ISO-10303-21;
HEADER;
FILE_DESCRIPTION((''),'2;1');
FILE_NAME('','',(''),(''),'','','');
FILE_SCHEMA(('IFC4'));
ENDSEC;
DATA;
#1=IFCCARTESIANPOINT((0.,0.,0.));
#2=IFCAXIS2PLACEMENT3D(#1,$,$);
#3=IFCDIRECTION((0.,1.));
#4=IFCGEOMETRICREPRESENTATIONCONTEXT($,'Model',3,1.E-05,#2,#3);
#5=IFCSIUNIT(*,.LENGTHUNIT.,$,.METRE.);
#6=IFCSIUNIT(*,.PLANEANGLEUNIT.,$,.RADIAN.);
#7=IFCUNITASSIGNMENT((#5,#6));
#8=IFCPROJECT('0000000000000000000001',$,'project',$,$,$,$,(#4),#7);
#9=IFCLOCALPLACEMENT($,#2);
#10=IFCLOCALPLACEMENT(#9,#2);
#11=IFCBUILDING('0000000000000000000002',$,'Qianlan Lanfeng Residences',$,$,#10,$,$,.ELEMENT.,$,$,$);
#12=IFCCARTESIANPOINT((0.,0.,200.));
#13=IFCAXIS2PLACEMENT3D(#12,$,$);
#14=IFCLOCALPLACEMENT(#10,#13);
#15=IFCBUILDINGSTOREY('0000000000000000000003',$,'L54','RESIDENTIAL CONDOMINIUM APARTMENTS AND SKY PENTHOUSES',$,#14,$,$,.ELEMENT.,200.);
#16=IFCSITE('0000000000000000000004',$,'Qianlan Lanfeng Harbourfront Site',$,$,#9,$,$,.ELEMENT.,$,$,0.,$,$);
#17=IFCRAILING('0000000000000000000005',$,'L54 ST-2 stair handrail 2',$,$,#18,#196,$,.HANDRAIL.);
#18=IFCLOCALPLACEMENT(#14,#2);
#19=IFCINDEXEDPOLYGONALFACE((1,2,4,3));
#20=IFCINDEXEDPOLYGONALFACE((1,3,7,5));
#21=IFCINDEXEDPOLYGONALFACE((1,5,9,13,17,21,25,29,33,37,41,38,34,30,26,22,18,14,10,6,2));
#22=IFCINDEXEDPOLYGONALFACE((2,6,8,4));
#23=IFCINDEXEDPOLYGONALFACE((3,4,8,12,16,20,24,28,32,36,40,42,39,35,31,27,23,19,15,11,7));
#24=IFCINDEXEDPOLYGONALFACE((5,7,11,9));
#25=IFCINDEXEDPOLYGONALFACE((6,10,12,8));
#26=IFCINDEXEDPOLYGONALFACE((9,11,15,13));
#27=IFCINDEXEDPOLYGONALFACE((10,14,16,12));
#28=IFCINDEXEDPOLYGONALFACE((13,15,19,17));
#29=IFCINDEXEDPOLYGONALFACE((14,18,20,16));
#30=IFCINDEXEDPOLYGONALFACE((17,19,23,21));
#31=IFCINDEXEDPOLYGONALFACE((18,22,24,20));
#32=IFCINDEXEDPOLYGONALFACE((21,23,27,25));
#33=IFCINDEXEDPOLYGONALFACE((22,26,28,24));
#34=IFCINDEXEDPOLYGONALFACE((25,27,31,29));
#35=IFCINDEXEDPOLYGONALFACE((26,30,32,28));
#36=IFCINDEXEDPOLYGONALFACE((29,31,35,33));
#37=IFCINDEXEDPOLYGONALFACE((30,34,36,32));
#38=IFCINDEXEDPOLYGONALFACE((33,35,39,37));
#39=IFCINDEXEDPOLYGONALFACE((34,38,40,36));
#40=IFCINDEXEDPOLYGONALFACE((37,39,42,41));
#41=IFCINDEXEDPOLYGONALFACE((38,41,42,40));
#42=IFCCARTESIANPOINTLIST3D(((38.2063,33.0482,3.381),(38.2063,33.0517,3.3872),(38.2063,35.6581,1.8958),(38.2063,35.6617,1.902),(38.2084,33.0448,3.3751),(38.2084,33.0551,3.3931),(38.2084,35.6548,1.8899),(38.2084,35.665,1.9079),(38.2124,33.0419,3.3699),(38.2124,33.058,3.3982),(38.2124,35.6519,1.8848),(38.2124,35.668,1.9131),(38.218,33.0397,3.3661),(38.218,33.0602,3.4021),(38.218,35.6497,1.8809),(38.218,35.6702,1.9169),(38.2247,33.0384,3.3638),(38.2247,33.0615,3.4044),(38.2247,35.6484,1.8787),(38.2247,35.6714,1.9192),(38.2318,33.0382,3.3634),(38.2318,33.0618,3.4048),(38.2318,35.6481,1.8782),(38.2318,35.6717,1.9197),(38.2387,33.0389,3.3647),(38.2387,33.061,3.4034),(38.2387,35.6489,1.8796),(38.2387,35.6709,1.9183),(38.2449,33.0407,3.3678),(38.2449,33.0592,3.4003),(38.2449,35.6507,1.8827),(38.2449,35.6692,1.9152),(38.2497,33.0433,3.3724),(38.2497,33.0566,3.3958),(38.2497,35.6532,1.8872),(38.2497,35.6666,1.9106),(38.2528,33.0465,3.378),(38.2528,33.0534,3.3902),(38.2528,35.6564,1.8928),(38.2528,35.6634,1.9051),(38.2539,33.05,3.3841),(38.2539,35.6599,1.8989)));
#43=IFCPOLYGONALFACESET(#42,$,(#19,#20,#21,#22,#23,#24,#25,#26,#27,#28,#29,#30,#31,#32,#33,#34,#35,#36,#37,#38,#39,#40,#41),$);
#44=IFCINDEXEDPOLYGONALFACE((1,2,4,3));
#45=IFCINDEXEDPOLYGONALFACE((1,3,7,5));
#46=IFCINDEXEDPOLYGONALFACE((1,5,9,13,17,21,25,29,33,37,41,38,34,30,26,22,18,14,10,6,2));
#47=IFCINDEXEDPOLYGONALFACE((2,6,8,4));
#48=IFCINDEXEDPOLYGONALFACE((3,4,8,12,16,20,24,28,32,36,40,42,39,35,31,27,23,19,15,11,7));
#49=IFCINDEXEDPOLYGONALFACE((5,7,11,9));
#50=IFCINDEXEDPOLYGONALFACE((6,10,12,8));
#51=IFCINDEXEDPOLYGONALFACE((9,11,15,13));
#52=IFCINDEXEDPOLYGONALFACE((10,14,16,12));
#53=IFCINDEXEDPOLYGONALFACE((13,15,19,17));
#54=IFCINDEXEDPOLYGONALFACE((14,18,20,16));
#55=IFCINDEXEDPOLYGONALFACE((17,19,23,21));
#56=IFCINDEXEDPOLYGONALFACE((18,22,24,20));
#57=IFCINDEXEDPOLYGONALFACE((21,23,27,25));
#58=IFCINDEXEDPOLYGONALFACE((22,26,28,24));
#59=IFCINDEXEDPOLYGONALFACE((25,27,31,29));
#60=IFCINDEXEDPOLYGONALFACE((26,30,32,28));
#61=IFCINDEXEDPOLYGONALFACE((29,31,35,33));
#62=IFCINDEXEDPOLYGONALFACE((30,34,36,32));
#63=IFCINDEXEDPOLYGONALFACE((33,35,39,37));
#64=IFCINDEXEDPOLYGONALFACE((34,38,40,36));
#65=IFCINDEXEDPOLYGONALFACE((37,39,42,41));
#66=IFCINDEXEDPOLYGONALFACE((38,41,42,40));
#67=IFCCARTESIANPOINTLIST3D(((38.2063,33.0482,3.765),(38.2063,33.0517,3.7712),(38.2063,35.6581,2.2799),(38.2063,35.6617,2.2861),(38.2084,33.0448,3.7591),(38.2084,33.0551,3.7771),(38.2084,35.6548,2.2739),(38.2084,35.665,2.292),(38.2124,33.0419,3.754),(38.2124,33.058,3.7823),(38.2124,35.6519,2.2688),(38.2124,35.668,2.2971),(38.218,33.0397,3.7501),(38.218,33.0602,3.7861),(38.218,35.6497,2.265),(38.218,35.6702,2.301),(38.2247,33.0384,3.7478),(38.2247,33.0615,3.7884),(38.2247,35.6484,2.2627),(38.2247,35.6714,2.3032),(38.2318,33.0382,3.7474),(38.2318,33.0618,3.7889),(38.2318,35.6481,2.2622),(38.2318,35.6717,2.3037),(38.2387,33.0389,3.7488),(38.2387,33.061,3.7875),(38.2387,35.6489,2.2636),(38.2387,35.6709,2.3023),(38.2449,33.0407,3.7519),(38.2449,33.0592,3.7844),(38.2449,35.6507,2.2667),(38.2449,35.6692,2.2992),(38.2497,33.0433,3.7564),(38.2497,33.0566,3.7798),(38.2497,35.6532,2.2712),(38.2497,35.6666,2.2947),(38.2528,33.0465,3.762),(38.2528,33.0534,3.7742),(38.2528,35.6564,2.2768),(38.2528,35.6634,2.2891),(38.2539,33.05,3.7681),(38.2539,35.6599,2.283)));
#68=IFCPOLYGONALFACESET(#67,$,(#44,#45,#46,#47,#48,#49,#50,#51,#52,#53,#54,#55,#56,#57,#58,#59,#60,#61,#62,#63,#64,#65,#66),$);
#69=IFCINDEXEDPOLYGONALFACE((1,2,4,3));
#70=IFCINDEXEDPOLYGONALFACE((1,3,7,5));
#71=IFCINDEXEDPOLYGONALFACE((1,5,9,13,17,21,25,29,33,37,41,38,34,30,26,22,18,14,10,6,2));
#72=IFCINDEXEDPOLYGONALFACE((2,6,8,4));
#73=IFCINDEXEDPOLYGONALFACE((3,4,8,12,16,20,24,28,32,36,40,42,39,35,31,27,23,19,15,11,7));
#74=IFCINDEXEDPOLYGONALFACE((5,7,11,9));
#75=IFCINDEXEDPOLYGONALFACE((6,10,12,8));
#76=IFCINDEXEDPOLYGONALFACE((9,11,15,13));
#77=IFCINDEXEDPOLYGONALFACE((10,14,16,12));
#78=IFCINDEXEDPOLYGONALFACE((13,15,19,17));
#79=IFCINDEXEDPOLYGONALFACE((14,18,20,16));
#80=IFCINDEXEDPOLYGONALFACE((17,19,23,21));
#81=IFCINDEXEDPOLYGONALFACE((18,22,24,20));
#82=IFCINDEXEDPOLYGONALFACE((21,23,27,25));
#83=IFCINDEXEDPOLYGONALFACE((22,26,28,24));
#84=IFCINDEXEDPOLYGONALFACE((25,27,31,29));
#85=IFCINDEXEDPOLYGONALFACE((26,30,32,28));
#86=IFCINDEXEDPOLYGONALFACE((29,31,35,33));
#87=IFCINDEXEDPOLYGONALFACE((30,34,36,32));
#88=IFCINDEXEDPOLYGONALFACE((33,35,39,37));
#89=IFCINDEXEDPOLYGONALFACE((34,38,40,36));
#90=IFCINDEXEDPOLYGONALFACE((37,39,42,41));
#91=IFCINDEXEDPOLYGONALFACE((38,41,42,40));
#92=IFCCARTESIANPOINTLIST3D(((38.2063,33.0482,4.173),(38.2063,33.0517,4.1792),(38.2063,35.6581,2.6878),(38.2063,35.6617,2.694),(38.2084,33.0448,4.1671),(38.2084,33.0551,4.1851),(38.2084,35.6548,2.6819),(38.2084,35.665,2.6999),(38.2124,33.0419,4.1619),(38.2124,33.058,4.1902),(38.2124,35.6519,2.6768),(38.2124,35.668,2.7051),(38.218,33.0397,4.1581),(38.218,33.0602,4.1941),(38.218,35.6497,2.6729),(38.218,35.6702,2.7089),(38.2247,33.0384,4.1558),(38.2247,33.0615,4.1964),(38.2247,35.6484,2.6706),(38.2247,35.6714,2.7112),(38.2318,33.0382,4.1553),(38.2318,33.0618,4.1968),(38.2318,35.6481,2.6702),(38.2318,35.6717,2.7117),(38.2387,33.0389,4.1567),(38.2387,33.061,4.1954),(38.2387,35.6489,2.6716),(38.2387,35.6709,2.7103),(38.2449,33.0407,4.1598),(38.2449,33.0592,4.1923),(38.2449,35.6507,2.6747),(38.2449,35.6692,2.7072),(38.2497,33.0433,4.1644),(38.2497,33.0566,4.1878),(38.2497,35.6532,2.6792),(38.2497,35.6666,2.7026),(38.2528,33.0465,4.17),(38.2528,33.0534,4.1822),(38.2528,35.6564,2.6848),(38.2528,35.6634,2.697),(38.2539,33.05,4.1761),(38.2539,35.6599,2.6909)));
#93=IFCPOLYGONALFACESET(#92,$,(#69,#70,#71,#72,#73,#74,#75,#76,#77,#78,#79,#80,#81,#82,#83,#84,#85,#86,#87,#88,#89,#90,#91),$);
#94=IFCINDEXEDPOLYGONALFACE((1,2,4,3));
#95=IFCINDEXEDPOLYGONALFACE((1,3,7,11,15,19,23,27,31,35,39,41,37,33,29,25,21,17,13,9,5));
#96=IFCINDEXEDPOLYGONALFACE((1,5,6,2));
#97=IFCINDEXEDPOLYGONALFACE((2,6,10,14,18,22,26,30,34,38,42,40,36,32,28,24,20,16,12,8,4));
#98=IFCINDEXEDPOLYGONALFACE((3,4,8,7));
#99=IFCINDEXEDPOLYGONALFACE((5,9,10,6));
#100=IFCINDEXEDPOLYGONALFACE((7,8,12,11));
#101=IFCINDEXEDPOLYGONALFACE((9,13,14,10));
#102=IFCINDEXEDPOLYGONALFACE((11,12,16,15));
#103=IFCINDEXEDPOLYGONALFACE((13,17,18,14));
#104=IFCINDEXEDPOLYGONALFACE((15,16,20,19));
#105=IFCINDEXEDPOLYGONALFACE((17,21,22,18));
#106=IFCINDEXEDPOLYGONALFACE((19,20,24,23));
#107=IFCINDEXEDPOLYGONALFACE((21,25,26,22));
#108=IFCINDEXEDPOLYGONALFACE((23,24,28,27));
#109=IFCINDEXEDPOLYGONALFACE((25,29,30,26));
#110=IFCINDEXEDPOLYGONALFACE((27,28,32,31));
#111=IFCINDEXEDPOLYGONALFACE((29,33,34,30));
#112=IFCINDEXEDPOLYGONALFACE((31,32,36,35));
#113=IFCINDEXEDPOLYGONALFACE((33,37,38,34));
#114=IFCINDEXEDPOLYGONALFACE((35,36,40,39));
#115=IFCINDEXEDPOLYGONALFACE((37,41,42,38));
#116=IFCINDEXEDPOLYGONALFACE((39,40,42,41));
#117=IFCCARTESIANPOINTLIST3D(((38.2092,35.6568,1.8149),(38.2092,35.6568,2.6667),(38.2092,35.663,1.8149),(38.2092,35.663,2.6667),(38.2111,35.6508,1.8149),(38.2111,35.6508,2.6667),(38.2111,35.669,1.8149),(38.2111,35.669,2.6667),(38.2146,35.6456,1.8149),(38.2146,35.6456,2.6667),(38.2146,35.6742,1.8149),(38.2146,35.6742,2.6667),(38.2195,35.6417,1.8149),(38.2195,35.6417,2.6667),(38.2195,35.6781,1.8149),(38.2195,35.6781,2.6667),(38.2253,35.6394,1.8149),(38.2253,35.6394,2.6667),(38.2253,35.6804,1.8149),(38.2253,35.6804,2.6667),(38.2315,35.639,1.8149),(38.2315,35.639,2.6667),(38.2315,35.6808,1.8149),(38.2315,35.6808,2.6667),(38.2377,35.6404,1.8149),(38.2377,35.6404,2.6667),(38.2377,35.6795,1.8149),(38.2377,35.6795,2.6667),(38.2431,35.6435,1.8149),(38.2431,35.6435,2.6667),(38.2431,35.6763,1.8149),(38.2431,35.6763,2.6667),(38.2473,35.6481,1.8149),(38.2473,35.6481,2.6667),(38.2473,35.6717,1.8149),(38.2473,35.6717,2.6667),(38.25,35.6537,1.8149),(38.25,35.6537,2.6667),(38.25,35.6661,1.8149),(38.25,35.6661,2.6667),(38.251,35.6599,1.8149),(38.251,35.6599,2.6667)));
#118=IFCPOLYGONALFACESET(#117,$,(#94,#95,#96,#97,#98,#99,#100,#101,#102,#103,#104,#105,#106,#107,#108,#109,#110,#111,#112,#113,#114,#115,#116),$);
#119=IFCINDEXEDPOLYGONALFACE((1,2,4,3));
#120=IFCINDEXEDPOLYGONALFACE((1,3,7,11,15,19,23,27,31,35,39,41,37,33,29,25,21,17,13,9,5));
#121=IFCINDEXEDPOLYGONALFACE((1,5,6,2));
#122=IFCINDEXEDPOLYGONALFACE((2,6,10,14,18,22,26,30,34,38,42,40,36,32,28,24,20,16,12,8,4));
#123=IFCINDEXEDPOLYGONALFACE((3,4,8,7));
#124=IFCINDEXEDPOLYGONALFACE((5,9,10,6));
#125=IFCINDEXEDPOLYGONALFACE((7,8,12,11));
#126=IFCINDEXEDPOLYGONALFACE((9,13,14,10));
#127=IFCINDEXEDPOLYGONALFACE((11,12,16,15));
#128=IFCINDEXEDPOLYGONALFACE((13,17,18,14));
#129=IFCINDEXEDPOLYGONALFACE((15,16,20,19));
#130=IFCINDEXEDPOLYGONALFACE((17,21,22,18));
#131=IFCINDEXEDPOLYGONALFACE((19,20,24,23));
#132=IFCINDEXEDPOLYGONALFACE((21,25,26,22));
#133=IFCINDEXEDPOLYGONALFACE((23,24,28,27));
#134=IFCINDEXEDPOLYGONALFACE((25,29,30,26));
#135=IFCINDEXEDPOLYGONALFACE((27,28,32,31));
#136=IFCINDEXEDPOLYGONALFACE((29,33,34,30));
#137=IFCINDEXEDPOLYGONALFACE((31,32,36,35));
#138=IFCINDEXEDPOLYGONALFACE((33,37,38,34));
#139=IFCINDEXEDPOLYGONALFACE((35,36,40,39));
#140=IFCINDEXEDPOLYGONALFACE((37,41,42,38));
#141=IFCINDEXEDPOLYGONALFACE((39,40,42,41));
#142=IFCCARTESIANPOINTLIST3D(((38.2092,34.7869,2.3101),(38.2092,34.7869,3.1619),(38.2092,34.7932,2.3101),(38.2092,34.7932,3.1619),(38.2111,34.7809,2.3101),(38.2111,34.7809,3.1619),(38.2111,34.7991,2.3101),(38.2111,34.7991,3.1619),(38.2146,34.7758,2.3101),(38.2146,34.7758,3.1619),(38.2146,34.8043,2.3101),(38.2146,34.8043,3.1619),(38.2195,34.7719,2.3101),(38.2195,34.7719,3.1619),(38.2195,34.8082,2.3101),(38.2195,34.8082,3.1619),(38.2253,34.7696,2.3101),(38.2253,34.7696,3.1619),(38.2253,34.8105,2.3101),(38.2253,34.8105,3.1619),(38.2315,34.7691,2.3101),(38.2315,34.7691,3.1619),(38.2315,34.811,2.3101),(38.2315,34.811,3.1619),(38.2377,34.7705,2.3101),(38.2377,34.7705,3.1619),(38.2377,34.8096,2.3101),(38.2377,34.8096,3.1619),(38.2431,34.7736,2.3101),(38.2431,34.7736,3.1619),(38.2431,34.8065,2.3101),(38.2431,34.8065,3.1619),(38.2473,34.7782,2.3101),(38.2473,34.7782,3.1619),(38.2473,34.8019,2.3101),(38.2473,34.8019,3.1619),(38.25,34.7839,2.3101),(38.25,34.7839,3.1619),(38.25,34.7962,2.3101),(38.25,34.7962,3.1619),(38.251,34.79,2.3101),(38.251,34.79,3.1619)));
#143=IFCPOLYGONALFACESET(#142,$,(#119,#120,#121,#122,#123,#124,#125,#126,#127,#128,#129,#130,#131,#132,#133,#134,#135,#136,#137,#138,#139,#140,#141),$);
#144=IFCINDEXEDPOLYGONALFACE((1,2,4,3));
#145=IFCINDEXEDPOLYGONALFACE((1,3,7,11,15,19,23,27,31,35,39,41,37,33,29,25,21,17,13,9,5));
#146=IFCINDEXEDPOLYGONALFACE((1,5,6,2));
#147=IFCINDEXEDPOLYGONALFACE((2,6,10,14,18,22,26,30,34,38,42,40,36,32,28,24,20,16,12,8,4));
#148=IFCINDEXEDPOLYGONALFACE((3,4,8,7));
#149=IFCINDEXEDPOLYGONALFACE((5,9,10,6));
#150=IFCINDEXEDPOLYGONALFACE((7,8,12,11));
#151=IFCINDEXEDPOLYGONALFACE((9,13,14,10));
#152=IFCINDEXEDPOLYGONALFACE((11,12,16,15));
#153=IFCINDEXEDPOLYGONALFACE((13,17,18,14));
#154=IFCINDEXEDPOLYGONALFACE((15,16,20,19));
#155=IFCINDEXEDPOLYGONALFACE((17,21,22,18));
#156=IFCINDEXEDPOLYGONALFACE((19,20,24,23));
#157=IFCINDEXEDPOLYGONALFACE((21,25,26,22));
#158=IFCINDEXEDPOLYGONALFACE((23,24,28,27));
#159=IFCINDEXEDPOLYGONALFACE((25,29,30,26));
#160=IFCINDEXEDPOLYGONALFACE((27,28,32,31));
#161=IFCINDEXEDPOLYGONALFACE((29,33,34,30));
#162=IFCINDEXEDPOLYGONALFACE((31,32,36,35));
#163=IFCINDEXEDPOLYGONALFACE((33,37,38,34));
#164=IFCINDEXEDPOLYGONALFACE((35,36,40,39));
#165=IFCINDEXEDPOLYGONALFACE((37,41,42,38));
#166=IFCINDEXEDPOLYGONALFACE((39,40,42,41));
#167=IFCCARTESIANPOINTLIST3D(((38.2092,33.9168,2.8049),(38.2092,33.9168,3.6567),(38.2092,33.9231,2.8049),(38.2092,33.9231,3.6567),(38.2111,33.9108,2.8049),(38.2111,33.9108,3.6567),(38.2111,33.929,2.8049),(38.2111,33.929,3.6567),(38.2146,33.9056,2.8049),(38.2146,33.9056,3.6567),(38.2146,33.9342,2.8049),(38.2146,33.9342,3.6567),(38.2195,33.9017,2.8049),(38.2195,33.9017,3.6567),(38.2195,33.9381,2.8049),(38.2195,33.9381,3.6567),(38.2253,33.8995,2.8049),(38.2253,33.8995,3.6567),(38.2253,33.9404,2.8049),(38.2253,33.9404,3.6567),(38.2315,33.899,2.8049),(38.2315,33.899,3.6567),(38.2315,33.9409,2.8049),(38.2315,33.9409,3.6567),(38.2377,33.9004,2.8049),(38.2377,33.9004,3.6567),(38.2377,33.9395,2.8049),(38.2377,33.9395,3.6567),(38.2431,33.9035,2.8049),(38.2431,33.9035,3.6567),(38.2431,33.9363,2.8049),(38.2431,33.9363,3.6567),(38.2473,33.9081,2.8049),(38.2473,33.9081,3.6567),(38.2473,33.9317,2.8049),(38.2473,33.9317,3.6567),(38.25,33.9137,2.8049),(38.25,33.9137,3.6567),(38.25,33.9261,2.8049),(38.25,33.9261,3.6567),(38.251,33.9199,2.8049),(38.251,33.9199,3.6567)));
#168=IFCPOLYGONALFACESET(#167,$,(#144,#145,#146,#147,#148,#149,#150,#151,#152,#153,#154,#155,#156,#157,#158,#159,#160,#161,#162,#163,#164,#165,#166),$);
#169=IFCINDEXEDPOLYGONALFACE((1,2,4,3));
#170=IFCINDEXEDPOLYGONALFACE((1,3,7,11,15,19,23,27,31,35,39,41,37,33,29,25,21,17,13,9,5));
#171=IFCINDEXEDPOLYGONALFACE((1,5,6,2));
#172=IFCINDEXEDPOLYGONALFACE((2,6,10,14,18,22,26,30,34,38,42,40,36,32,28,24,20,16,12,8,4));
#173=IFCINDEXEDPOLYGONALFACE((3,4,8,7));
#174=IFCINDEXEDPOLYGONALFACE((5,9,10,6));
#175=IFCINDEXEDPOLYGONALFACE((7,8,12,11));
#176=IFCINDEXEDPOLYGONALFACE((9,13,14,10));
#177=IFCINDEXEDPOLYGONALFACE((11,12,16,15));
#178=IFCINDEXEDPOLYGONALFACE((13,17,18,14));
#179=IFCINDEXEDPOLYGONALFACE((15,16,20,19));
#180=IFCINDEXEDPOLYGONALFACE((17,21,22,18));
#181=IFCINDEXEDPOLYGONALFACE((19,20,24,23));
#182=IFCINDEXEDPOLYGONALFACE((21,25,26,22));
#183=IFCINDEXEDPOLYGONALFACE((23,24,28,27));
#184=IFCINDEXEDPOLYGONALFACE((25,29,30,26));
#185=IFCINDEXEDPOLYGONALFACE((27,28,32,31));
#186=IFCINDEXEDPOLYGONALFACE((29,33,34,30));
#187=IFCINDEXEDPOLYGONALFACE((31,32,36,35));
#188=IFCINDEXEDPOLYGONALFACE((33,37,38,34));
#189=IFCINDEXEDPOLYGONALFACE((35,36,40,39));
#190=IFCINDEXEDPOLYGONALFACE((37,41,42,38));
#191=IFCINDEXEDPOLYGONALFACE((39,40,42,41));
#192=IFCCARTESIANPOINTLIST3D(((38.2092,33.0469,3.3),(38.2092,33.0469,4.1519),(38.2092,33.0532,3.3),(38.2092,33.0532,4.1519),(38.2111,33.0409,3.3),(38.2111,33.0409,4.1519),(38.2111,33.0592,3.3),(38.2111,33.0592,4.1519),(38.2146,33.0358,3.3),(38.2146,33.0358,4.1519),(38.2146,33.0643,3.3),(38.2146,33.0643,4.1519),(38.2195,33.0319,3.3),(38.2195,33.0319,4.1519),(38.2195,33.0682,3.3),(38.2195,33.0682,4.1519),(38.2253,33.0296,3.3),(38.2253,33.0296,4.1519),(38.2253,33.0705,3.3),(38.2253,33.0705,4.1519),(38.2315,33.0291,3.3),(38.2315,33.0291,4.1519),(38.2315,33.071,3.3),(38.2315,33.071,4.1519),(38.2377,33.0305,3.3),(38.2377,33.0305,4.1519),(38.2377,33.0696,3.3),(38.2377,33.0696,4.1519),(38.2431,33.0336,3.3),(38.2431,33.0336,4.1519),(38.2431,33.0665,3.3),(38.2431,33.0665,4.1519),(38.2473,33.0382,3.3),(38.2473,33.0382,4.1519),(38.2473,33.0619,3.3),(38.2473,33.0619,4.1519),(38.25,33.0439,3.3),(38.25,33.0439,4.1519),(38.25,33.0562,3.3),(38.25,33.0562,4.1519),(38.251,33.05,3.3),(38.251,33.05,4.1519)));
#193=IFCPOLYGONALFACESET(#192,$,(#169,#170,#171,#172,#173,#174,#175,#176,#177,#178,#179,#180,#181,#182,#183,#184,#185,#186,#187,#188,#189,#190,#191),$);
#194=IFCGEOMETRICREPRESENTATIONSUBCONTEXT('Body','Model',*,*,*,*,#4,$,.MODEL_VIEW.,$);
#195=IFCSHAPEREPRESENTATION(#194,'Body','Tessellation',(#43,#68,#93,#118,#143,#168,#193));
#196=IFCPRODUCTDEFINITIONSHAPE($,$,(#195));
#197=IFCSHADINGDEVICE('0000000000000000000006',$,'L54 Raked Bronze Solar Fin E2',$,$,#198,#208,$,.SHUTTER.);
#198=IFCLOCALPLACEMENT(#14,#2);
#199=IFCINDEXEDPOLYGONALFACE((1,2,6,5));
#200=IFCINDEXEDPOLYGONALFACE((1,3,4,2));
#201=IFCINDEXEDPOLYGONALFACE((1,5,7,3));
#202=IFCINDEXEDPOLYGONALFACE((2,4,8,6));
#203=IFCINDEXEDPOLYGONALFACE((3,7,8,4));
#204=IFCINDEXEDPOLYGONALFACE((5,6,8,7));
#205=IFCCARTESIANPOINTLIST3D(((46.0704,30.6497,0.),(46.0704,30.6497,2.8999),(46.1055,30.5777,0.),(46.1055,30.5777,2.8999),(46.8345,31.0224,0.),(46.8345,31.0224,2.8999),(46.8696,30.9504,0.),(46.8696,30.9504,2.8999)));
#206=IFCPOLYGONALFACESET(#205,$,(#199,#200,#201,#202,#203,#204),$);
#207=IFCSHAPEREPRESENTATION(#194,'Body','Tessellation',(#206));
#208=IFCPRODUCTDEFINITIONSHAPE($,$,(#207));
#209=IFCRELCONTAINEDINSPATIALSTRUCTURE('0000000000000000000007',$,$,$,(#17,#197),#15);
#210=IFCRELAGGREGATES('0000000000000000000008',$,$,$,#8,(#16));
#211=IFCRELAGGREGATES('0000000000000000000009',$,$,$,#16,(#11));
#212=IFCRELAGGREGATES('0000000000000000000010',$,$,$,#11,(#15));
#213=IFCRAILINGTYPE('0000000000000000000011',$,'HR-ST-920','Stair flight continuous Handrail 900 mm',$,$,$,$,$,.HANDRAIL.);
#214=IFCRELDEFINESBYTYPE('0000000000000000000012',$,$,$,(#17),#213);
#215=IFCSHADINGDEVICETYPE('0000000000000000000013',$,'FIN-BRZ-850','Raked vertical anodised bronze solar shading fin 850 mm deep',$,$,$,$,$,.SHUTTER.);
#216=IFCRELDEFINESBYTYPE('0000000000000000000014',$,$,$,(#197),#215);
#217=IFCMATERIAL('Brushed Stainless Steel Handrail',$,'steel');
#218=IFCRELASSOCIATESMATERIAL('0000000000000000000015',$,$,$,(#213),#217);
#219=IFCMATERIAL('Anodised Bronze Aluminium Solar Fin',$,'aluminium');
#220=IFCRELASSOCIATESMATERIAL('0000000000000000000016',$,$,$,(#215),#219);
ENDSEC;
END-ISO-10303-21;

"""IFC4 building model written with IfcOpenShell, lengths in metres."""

from ifc_helpers import new_model, si_unit, direction, frame, origin, origin_2d, place, context, subcontext, project, spatial, rectangle, circle, extrude, source, transform, mapped, material, type_object, element, save


model = new_model("IFC4")

# Units and contexts
model_context = context("Model", 3, precision=1e-05, world=origin(), true_north=direction((0.0, 1.0)))
body_context = subcontext(model_context, "Body", "Model", "MODEL_VIEW")
ifc_project = project(units=[si_unit("LENGTHUNIT", "METRE"), si_unit("PLANEANGLEUNIT", "RADIAN")], contexts=[model_context])

# Site, building, storey
site_placement = place(None, origin())
site = spatial("IfcSite", under=ifc_project, at=site_placement, Name="Qianlan Lanfeng Harbourfront Site", CompositionType="ELEMENT", RefElevation=0.0)
building_placement = place(site_placement, origin())
building = spatial("IfcBuilding", under=site, at=building_placement, Name="Qianlan Lanfeng Residences", CompositionType="ELEMENT")
storey_placement = place(building_placement, frame((0.0, 0.0, 200.0)))
storey = spatial("IfcBuildingStorey", under=building, at=storey_placement, Name="L54", Description="RESIDENTIAL CONDOMINIUM APARTMENTS AND SKY PENTHOUSES", CompositionType="ELEMENT", Elevation=200.0)

# Railing
ifc_material_1 = material(Name="Brushed Stainless Steel Handrail", Category="steel")
railing_type_1 = type_object("IfcRailingType", Name="HR-ST-920", Description="Stair flight continuous Handrail 900 mm", PredefinedType="HANDRAIL", material=ifc_material_1)
railing_1_placement = place(storey_placement, frame((38.23, 35.6599, 1.8149)))
element("IfcRailing", 1, at=railing_1_placement, inside=storey, type_object=railing_type_1, Name="L54 ST-2 stair handrail 2", PredefinedType="HANDRAIL", context=body_context, shape_type="SweptSolid", body=[
    extrude(circle(Radius=0.0239, at=origin_2d()), frame((0.0, 0.0, 0.084), z_axis=(0.0, -0.869137, 0.494571), x_axis=(1.0, 0.0, 0.0)), (0.0, 0.0, 1.0), 3.0029),
    extrude(circle(Radius=0.0239, at=origin_2d()), frame((0.0, 0.0, 0.468), z_axis=(0.0, -0.869137, 0.494571), x_axis=(1.0, 0.0, 0.0)), (0.0, 0.0, 1.0), 3.0029),
    extrude(circle(Radius=0.0239, at=origin_2d()), frame((0.0, 0.0, 0.876), z_axis=(0.0, -0.869137, 0.494571), x_axis=(1.0, 0.0, 0.0)), (0.0, 0.0, 1.0), 3.0029),
    extrude(circle(Radius=0.021, at=origin_2d()), origin(), (0.0, 0.0, 1.0), 0.8518),
    extrude(circle(Radius=0.021, at=origin_2d()), frame((0.0, -0.8699, 0.4951)), (0.0, 0.0, 1.0), 0.8518),
    extrude(circle(Radius=0.021, at=origin_2d()), frame((0.0, -1.74, 0.99)), (0.0, 0.0, 1.0), 0.8518),
    extrude(circle(Radius=0.021, at=origin_2d()), frame((0.0, -2.6099, 1.4851)), (0.0, 0.0, 1.0), 0.8518),
])

# Shading device
ifc_material_2 = material(Name="Anodised Bronze Aluminium Solar Fin", Category="aluminium")
shading_device_type = type_object("IfcShadingDeviceType", Name="FIN-BRZ-850", Description="Raked vertical anodised bronze solar shading fin 850 mm deep", PredefinedType="SHUTTER", material=ifc_material_2)
shared_shape_1 = source(origin(), body_context, "Body", "SweptSolid", [
    extrude(rectangle(XDim=0.8501, YDim=0.0801, at=origin_2d()), origin(), (0.0, 0.0, 1.0), 2.8999),
])
shading_device_placement = place(storey_placement, frame((46.47, 30.8, 0.0), z_axis=(0.0, 0.0, 1.0), x_axis=(0.898794, 0.438371, 0.0)))
element("IfcShadingDevice", 2, at=shading_device_placement, inside=storey, type_object=shading_device_type, Name="L54 Raked Bronze Solar Fin E2", PredefinedType="SHUTTER", context=body_context, shape_type="MappedRepresentation", body=[
    mapped(shared_shape_1, transform((0.0, 0.0, 0.0), scale=1.0)),
])

save(model, "model.ifc")
